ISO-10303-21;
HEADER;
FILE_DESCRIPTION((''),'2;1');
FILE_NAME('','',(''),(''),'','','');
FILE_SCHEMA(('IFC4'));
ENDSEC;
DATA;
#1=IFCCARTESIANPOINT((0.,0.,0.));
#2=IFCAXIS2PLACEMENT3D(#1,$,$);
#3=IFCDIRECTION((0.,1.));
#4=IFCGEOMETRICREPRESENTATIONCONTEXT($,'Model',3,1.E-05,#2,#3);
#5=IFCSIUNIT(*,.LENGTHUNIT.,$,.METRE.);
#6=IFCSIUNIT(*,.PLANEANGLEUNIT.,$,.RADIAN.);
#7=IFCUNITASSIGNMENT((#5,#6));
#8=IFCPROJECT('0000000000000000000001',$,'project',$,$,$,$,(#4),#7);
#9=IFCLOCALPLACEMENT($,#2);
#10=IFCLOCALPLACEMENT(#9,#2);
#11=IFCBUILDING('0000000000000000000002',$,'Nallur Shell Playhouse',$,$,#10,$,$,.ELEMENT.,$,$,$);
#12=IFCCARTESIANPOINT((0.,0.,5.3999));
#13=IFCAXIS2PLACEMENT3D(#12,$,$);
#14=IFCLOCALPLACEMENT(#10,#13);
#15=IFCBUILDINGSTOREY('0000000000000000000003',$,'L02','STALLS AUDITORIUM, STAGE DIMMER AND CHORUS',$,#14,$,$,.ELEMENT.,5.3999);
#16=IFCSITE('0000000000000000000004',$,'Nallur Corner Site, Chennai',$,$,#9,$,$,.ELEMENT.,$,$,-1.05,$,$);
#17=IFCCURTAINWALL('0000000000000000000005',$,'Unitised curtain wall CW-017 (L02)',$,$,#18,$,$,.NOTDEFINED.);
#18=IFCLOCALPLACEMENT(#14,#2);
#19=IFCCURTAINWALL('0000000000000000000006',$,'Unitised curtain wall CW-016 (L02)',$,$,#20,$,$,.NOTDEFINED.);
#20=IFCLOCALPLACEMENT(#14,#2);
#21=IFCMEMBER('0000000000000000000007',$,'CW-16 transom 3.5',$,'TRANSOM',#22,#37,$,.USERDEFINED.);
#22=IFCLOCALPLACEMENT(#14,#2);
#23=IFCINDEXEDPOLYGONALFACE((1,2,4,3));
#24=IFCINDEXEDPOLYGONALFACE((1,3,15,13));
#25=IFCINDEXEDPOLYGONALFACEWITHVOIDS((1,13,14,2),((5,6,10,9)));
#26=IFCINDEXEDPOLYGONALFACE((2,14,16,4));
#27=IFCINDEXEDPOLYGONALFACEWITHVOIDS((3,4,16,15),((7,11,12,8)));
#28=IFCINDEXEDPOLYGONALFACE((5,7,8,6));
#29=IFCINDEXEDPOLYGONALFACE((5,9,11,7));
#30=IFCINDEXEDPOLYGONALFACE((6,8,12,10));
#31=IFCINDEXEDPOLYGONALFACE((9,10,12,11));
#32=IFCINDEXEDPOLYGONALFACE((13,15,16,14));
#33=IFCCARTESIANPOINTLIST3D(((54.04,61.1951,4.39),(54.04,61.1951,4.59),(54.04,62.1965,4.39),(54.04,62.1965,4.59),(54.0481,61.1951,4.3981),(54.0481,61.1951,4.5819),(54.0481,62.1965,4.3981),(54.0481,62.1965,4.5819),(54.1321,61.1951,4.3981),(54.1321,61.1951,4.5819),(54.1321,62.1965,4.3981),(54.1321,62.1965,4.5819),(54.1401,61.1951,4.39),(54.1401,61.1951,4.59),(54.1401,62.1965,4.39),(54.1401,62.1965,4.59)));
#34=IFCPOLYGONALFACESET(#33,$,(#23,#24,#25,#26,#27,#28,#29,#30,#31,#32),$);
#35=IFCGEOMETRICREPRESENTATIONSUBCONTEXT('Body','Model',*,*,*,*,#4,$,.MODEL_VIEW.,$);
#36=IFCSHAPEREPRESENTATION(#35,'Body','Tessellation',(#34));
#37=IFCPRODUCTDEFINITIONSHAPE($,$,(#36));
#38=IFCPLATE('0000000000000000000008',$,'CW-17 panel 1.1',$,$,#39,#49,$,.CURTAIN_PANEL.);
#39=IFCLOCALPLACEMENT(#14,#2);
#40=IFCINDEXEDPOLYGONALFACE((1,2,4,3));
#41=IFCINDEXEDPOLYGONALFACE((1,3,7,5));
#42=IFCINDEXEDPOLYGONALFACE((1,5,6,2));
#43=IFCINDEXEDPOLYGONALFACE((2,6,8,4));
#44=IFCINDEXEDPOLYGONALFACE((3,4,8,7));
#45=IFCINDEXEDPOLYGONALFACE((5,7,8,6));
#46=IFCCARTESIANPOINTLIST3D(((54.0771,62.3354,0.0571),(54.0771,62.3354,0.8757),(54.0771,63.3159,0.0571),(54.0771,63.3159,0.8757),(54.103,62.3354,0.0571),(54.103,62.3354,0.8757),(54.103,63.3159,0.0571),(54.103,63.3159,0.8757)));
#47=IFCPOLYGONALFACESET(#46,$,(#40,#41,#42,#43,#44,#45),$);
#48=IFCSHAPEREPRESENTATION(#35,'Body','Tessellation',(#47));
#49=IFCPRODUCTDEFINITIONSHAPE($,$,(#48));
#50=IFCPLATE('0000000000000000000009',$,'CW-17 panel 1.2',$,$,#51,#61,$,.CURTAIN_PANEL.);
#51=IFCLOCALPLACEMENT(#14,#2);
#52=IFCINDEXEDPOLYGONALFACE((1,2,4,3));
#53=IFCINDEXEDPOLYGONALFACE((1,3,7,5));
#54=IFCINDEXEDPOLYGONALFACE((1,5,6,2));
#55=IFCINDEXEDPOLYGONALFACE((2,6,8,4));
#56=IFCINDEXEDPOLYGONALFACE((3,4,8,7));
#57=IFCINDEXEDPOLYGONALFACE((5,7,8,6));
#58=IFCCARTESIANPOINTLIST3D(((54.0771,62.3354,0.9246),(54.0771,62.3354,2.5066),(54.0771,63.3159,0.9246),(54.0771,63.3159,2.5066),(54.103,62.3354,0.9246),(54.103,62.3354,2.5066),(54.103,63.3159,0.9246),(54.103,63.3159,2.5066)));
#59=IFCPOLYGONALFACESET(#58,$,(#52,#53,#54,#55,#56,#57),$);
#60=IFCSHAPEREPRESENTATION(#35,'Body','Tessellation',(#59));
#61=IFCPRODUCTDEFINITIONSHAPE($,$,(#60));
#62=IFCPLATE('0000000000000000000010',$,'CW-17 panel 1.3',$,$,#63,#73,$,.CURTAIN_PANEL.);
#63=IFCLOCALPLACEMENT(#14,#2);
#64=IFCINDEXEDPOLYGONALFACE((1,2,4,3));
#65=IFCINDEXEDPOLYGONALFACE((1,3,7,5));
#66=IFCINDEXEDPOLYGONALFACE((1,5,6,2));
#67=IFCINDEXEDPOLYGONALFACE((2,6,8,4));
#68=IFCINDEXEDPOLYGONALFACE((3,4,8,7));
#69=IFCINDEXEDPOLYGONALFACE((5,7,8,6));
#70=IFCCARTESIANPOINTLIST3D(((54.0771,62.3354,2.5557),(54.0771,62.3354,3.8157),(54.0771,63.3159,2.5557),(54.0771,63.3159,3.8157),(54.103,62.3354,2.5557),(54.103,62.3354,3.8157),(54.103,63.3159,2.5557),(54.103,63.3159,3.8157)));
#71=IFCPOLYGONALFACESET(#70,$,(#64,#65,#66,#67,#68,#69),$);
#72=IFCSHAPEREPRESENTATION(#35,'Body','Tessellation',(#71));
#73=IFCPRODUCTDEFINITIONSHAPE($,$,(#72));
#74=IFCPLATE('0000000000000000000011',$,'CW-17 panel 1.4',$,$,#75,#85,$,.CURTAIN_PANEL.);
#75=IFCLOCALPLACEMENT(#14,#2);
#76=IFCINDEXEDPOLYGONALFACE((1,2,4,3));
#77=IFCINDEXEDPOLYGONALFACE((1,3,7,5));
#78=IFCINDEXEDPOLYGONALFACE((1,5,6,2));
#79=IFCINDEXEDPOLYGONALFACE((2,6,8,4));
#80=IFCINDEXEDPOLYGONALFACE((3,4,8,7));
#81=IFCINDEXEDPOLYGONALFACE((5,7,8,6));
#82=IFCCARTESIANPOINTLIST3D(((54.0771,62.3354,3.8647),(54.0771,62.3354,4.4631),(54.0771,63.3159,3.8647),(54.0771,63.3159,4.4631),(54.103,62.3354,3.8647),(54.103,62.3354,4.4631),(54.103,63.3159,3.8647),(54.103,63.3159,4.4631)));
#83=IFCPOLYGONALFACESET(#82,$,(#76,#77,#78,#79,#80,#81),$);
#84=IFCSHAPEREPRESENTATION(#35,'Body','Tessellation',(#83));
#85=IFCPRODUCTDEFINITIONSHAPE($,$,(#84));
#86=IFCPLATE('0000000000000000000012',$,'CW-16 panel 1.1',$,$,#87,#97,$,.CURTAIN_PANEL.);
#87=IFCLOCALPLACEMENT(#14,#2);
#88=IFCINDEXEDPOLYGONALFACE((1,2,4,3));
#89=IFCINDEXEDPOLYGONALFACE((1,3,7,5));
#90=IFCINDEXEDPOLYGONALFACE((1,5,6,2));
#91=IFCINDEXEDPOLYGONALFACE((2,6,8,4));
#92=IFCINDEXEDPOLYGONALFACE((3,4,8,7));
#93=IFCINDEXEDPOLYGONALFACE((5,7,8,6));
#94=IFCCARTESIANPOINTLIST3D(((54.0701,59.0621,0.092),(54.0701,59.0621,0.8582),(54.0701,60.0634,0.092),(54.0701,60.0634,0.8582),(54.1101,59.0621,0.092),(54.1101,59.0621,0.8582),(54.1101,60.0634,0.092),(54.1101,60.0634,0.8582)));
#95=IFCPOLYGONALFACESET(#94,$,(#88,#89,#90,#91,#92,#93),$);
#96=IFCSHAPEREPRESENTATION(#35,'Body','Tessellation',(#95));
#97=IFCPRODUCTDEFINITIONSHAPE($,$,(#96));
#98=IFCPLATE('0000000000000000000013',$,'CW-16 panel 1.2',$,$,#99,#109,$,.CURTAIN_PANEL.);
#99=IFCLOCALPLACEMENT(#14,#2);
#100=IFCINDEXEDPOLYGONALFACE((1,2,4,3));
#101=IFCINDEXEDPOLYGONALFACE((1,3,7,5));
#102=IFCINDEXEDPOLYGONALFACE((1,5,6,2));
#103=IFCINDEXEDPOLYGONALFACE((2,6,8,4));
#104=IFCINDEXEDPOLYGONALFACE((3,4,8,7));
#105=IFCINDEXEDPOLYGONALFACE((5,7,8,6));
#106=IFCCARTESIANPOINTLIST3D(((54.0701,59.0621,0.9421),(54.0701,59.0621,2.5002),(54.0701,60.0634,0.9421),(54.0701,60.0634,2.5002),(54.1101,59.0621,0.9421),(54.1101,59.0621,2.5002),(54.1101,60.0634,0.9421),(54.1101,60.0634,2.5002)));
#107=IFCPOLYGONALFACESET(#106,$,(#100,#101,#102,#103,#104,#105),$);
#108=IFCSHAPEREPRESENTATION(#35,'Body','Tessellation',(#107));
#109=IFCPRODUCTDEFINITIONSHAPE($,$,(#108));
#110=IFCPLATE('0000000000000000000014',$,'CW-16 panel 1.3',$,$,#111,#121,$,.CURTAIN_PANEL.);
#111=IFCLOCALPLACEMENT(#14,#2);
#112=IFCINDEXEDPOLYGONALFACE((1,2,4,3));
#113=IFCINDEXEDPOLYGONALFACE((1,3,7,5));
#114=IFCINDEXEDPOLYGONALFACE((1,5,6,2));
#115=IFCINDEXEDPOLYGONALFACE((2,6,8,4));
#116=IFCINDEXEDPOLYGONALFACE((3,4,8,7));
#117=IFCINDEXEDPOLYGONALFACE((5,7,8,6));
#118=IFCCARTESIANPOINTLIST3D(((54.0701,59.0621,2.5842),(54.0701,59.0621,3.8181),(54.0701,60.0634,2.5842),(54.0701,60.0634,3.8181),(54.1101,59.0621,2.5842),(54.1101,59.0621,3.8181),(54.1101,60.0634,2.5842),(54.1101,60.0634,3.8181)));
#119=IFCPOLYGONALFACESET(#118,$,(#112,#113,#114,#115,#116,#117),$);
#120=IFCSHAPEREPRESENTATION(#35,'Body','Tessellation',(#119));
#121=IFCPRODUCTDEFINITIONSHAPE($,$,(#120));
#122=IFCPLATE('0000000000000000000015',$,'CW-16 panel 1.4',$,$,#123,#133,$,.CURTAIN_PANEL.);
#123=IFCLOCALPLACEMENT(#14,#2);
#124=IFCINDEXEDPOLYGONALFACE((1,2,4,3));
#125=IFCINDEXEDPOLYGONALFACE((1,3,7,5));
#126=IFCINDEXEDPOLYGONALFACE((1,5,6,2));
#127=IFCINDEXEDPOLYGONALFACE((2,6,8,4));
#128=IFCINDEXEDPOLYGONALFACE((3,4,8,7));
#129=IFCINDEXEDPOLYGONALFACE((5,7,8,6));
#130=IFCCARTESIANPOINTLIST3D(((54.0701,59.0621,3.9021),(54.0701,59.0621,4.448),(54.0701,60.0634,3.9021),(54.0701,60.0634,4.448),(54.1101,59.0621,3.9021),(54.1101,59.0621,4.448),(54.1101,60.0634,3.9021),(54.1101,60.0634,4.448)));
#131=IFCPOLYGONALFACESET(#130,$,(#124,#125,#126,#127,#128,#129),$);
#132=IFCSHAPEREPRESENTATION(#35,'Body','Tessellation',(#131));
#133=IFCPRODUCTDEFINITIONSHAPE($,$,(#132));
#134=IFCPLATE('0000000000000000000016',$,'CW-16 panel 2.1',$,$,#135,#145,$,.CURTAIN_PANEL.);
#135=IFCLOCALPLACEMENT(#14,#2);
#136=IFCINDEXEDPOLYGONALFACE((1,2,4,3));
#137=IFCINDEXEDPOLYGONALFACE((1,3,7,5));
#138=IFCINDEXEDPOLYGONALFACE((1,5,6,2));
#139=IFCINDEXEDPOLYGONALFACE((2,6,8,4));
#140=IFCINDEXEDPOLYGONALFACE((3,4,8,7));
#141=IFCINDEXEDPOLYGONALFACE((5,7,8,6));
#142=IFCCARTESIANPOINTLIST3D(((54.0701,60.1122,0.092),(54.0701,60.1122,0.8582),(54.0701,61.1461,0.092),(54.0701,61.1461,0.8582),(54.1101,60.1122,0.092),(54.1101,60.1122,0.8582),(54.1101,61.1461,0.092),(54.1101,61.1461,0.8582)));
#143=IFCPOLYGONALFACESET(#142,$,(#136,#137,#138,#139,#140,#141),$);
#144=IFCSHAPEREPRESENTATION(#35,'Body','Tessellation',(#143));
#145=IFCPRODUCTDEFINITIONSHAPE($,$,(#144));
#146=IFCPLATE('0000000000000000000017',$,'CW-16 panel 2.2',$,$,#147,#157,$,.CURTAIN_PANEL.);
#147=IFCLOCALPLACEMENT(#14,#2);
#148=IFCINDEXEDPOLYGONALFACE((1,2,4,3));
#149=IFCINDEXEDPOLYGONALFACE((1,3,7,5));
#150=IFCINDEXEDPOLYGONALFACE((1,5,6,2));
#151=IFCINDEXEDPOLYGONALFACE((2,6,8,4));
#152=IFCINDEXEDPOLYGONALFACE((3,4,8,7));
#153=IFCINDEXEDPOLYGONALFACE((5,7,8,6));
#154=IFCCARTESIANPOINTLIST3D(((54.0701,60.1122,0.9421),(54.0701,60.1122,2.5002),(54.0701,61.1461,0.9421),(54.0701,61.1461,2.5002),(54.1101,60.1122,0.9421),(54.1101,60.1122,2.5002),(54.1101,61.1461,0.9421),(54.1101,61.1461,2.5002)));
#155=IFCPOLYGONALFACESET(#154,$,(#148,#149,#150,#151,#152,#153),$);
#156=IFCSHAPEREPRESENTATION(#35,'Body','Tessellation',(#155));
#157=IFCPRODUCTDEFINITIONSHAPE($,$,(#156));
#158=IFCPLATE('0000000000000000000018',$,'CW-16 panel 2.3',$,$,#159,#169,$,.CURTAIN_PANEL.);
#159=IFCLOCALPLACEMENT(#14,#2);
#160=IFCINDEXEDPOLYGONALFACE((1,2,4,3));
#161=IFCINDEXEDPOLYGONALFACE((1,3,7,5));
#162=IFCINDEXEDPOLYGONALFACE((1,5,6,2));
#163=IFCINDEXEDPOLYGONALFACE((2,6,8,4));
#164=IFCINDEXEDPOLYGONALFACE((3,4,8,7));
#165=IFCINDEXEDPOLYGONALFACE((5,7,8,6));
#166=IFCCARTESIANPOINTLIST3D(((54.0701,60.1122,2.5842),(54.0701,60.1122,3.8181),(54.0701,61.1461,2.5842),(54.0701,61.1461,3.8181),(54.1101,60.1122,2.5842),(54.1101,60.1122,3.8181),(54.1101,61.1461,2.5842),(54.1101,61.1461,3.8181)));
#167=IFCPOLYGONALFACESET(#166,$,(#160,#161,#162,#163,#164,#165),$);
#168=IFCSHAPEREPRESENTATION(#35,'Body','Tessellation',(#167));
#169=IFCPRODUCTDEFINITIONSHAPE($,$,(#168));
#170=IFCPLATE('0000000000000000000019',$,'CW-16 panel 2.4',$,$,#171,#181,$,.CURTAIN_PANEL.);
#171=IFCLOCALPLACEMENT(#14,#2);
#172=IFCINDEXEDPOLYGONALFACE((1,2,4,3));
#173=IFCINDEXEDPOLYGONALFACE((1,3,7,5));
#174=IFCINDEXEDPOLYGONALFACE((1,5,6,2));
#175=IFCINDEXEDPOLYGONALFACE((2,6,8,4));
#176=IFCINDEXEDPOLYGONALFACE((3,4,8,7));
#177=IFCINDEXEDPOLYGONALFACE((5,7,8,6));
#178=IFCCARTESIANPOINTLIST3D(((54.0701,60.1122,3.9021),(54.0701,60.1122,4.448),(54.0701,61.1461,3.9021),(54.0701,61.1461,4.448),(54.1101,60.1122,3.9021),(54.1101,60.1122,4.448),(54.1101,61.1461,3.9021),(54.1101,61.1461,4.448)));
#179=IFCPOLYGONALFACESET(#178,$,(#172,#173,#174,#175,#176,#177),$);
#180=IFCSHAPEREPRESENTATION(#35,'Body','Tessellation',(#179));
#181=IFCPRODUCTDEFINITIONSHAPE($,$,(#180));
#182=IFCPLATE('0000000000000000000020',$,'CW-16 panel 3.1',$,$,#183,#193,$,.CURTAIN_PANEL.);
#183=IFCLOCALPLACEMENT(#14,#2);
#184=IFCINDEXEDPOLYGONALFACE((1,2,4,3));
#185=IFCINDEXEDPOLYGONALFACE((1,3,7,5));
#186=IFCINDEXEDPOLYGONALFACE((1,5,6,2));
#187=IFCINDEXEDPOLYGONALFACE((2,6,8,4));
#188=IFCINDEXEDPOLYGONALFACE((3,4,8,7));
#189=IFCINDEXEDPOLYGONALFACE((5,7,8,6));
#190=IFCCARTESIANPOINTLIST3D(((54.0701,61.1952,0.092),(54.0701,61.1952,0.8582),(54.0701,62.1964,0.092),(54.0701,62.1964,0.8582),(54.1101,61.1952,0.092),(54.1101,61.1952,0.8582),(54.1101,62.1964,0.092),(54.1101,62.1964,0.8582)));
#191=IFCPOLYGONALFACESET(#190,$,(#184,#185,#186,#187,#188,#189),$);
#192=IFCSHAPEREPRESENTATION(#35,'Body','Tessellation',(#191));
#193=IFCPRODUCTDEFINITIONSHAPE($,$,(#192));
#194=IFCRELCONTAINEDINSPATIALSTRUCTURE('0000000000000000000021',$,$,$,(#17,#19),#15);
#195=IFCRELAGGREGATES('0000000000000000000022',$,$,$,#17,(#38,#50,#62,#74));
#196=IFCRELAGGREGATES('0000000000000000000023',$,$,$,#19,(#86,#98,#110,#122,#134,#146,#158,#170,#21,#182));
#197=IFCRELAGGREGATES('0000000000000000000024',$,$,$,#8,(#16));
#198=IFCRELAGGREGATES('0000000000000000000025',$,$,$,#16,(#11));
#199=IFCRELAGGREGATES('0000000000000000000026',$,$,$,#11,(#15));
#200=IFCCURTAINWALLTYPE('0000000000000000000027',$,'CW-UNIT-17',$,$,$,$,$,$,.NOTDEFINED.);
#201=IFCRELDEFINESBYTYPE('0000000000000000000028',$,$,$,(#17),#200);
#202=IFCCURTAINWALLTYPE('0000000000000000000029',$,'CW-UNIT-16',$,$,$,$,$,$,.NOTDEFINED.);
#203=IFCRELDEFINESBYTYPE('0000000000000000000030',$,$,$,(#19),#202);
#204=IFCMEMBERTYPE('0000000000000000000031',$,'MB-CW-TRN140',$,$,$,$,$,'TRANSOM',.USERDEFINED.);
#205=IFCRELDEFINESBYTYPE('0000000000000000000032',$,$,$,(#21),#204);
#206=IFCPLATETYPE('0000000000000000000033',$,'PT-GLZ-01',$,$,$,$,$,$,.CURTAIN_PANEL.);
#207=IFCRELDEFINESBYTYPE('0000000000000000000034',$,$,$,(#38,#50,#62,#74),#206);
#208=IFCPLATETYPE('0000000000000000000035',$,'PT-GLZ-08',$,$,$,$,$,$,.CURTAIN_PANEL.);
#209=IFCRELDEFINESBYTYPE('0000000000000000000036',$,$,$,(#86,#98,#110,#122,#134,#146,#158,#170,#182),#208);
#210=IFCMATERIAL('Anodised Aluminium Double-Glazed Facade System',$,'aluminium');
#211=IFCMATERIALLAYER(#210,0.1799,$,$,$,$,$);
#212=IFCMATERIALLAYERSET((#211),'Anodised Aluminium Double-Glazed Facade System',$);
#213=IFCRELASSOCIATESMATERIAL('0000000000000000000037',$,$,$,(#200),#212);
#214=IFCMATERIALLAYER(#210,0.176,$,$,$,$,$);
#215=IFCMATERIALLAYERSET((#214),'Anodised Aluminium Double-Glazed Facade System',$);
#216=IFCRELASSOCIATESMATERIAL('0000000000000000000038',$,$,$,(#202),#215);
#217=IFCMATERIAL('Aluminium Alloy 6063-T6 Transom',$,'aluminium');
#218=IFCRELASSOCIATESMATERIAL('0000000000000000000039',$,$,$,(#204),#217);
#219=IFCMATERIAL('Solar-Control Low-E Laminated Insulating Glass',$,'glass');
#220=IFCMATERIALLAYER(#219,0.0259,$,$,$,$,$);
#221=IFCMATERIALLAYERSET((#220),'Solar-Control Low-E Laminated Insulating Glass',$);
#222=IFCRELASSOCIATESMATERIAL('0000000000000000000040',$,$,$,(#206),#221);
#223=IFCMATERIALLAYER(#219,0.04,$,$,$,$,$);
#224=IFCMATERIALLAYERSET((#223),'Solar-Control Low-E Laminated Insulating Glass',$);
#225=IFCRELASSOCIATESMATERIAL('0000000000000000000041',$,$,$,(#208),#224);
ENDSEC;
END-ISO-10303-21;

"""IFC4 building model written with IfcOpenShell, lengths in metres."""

from ifc_helpers import new_model, si_unit, direction, frame, origin, origin_2d, place, context, subcontext, project, spatial, rectangle, hollow_rectangle, extrude, material, layer, layer_set, material_profile, profile_set, type_object, element, aggregate, save


model = new_model("IFC4")

# Units and contexts
model_context = context("Model", 3, precision=1e-05, world=origin(), true_north=direction((0.0, 1.0)))
body_context = subcontext(model_context, "Body", "Model", "MODEL_VIEW")
ifc_project = project(units=[si_unit("LENGTHUNIT", "METRE"), si_unit("PLANEANGLEUNIT", "RADIAN")], contexts=[model_context])

# Site, building, storey
site_placement = place(None, origin())
site = spatial("IfcSite", under=ifc_project, at=site_placement, Name="Nallur Corner Site, Chennai", CompositionType="ELEMENT", RefElevation=-1.05)
building_placement = place(site_placement, origin())
building = spatial("IfcBuilding", under=site, at=building_placement, Name="Nallur Shell Playhouse", CompositionType="ELEMENT")
storey_placement = place(building_placement, frame((0.0, 0.0, 5.3999)))
storey = spatial("IfcBuildingStorey", under=building, at=storey_placement, Name="L02", Description="STALLS AUDITORIUM, STAGE DIMMER AND CHORUS", CompositionType="ELEMENT", Elevation=5.3999)

# Curtain wall
ifc_material_1 = material(Name="Anodised Aluminium Double-Glazed Facade System", Category="aluminium")
ifc_layer_1 = layer(ifc_material_1, 0.1799)
ifc_layer_set_1 = layer_set([ifc_layer_1], Name="Anodised Aluminium Double-Glazed Facade System")
curtain_wall_type_1 = type_object("IfcCurtainWallType", Name="CW-UNIT-17", PredefinedType="NOTDEFINED", material=ifc_layer_set_1)
curtain_wall_1_placement = place(storey_placement, origin())
curtain_wall_1 = element("IfcCurtainWall", 1, at=curtain_wall_1_placement, inside=storey, type_object=curtain_wall_type_1, Name="Unitised curtain wall CW-017 (L02)", PredefinedType="NOTDEFINED")

# Curtain wall
ifc_layer_2 = layer(ifc_material_1, 0.176)
ifc_layer_set_2 = layer_set([ifc_layer_2], Name="Anodised Aluminium Double-Glazed Facade System")
curtain_wall_type_2 = type_object("IfcCurtainWallType", Name="CW-UNIT-16", PredefinedType="NOTDEFINED", material=ifc_layer_set_2)
curtain_wall_2_placement = place(storey_placement, origin())
curtain_wall_2 = element("IfcCurtainWall", 2, at=curtain_wall_2_placement, inside=storey, type_object=curtain_wall_type_2, Name="Unitised curtain wall CW-016 (L02)", PredefinedType="NOTDEFINED")

# Member
ifc_material_2 = material(Name="Aluminium Alloy 6063-T6 Transom", Category="aluminium")
ifc_material_profile_1 = material_profile(ifc_material_2, hollow_rectangle(XDim=0.1001, YDim=0.2, WallThickness=0.0081, at=origin_2d()), Name="RHS 200x100x8")
ifc_profile_set_1 = profile_set([ifc_material_profile_1], Name="Aluminium Alloy 6063-T6 Transom")
member_type_1 = type_object("IfcMemberType", Name="MB-CW-TRN140", ElementType="TRANSOM", PredefinedType="USERDEFINED", material=ifc_profile_set_1)
member_1_placement = place(storey_placement, frame((54.0901, 61.1951, 4.49), z_axis=(0.0, 1.0, 0.0), x_axis=(-1.0, 0.0, 0.0)))
member_1 = element("IfcMember", 3, at=member_1_placement, type_object=member_type_1, Name="CW-16 transom 3.5", ObjectType="TRANSOM", PredefinedType="USERDEFINED", context=body_context, shape_type="SweptSolid", body=[
    extrude(hollow_rectangle(XDim=0.1001, YDim=0.2, WallThickness=0.0081, at=origin_2d()), origin(), (0.0, 0.0, 1.0), 1.0015),
])

# Plates
ifc_material_3 = material(Name="Solar-Control Low-E Laminated Insulating Glass", Category="glass")
ifc_layer_3 = layer(ifc_material_3, 0.0259)
ifc_layer_set_3 = layer_set([ifc_layer_3], Name="Solar-Control Low-E Laminated Insulating Glass")
plate_type_1 = type_object("IfcPlateType", Name="PT-GLZ-01", PredefinedType="CURTAIN_PANEL", material=ifc_layer_set_3)
plate_1_placement = place(storey_placement, frame((54.0901, 62.8257, 0.0571), z_axis=(0.0, 0.0, 1.0), x_axis=(0.0, 1.0, 0.0)))
plate_1 = element("IfcPlate", 4, at=plate_1_placement, type_object=plate_type_1, Name="CW-17 panel 1.1", PredefinedType="CURTAIN_PANEL", context=body_context, shape_type="SweptSolid", body=[
    extrude(rectangle(XDim=0.9805, YDim=0.0259, at=origin_2d()), origin(), (0.0, 0.0, 1.0), 0.8186),
])
plate_2_placement = place(storey_placement, frame((54.0901, 62.8257, 0.9246), z_axis=(0.0, 0.0, 1.0), x_axis=(0.0, 1.0, 0.0)))
plate_2 = element("IfcPlate", 5, at=plate_2_placement, type_object=plate_type_1, Name="CW-17 panel 1.2", PredefinedType="CURTAIN_PANEL", context=body_context, shape_type="SweptSolid", body=[
    extrude(rectangle(XDim=0.9805, YDim=0.0259, at=origin_2d()), origin(), (0.0, 0.0, 1.0), 1.582),
])
plate_3_placement = place(storey_placement, frame((54.0901, 62.8257, 2.5557), z_axis=(0.0, 0.0, 1.0), x_axis=(0.0, 1.0, 0.0)))
plate_3 = element("IfcPlate", 6, at=plate_3_placement, type_object=plate_type_1, Name="CW-17 panel 1.3", PredefinedType="CURTAIN_PANEL", context=body_context, shape_type="SweptSolid", body=[
    extrude(rectangle(XDim=0.9805, YDim=0.0259, at=origin_2d()), origin(), (0.0, 0.0, 1.0), 1.26),
])
plate_4_placement = place(storey_placement, frame((54.0901, 62.8257, 3.8647), z_axis=(0.0, 0.0, 1.0), x_axis=(0.0, 1.0, 0.0)))
plate_4 = element("IfcPlate", 7, at=plate_4_placement, type_object=plate_type_1, Name="CW-17 panel 1.4", PredefinedType="CURTAIN_PANEL", context=body_context, shape_type="SweptSolid", body=[
    extrude(rectangle(XDim=0.9805, YDim=0.0259, at=origin_2d()), origin(), (0.0, 0.0, 1.0), 0.5984),
])
aggregate(curtain_wall_1, [plate_1, plate_2, plate_3, plate_4])
ifc_layer_4 = layer(ifc_material_3, 0.04)
ifc_layer_set_4 = layer_set([ifc_layer_4], Name="Solar-Control Low-E Laminated Insulating Glass")
plate_type_2 = type_object("IfcPlateType", Name="PT-GLZ-08", PredefinedType="CURTAIN_PANEL", material=ifc_layer_set_4)
plate_5_placement = place(storey_placement, frame((54.0901, 59.5627, 0.092), z_axis=(0.0, 0.0, 1.0), x_axis=(0.0, 1.0, 0.0)))
plate_5 = element("IfcPlate", 8, at=plate_5_placement, type_object=plate_type_2, Name="CW-16 panel 1.1", PredefinedType="CURTAIN_PANEL", context=body_context, shape_type="SweptSolid", body=[
    extrude(rectangle(XDim=1.0012, YDim=0.04, at=origin_2d()), origin(), (0.0, 0.0, 1.0), 0.7661),
])
plate_6_placement = place(storey_placement, frame((54.0901, 59.5627, 0.9421), z_axis=(0.0, 0.0, 1.0), x_axis=(0.0, 1.0, 0.0)))
plate_6 = element("IfcPlate", 9, at=plate_6_placement, type_object=plate_type_2, Name="CW-16 panel 1.2", PredefinedType="CURTAIN_PANEL", context=body_context, shape_type="SweptSolid", body=[
    extrude(rectangle(XDim=1.0012, YDim=0.04, at=origin_2d()), origin(), (0.0, 0.0, 1.0), 1.5581),
])
plate_7_placement = place(storey_placement, frame((54.0901, 59.5627, 2.5842), z_axis=(0.0, 0.0, 1.0), x_axis=(0.0, 1.0, 0.0)))
plate_7 = element("IfcPlate", 10, at=plate_7_placement, type_object=plate_type_2, Name="CW-16 panel 1.3", PredefinedType="CURTAIN_PANEL", context=body_context, shape_type="SweptSolid", body=[
    extrude(rectangle(XDim=1.0012, YDim=0.04, at=origin_2d()), origin(), (0.0, 0.0, 1.0), 1.2339),
])
plate_8_placement = place(storey_placement, frame((54.0901, 59.5627, 3.9021), z_axis=(0.0, 0.0, 1.0), x_axis=(0.0, 1.0, 0.0)))
plate_8 = element("IfcPlate", 11, at=plate_8_placement, type_object=plate_type_2, Name="CW-16 panel 1.4", PredefinedType="CURTAIN_PANEL", context=body_context, shape_type="SweptSolid", body=[
    extrude(rectangle(XDim=1.0012, YDim=0.04, at=origin_2d()), origin(), (0.0, 0.0, 1.0), 0.5459),
])
plate_9_placement = place(storey_placement, frame((54.0901, 60.6292, 0.092), z_axis=(0.0, 0.0, 1.0), x_axis=(0.0, 1.0, 0.0)))
plate_9 = element("IfcPlate", 12, at=plate_9_placement, type_object=plate_type_2, Name="CW-16 panel 2.1", PredefinedType="CURTAIN_PANEL", context=body_context, shape_type="SweptSolid", body=[
    extrude(rectangle(XDim=1.0339, YDim=0.04, at=origin_2d()), origin(), (0.0, 0.0, 1.0), 0.7661),
])
plate_10_placement = place(storey_placement, frame((54.0901, 60.6292, 0.9421), z_axis=(0.0, 0.0, 1.0), x_axis=(0.0, 1.0, 0.0)))
plate_10 = element("IfcPlate", 13, at=plate_10_placement, type_object=plate_type_2, Name="CW-16 panel 2.2", PredefinedType="CURTAIN_PANEL", context=body_context, shape_type="SweptSolid", body=[
    extrude(rectangle(XDim=1.0339, YDim=0.04, at=origin_2d()), origin(), (0.0, 0.0, 1.0), 1.5581),
])
plate_11_placement = place(storey_placement, frame((54.0901, 60.6292, 2.5842), z_axis=(0.0, 0.0, 1.0), x_axis=(0.0, 1.0, 0.0)))
plate_11 = element("IfcPlate", 14, at=plate_11_placement, type_object=plate_type_2, Name="CW-16 panel 2.3", PredefinedType="CURTAIN_PANEL", context=body_context, shape_type="SweptSolid", body=[
    extrude(rectangle(XDim=1.0339, YDim=0.04, at=origin_2d()), origin(), (0.0, 0.0, 1.0), 1.2339),
])
plate_12_placement = place(storey_placement, frame((54.0901, 60.6292, 3.9021), z_axis=(0.0, 0.0, 1.0), x_axis=(0.0, 1.0, 0.0)))
plate_12 = element("IfcPlate", 15, at=plate_12_placement, type_object=plate_type_2, Name="CW-16 panel 2.4", PredefinedType="CURTAIN_PANEL", context=body_context, shape_type="SweptSolid", body=[
    extrude(rectangle(XDim=1.0339, YDim=0.04, at=origin_2d()), origin(), (0.0, 0.0, 1.0), 0.5459),
])
plate_13_placement = place(storey_placement, frame((54.0901, 61.6958, 0.092), z_axis=(0.0, 0.0, 1.0), x_axis=(0.0, 1.0, 0.0)))
plate_13 = element("IfcPlate", 16, at=plate_13_placement, type_object=plate_type_2, Name="CW-16 panel 3.1", PredefinedType="CURTAIN_PANEL", context=body_context, shape_type="SweptSolid", body=[
    extrude(rectangle(XDim=1.0012, YDim=0.04, at=origin_2d()), origin(), (0.0, 0.0, 1.0), 0.7661),
])
aggregate(curtain_wall_2, [plate_5, plate_6, plate_7, plate_8, plate_9, plate_10, plate_11, plate_12, member_1, plate_13])

save(model, "model.ifc")
